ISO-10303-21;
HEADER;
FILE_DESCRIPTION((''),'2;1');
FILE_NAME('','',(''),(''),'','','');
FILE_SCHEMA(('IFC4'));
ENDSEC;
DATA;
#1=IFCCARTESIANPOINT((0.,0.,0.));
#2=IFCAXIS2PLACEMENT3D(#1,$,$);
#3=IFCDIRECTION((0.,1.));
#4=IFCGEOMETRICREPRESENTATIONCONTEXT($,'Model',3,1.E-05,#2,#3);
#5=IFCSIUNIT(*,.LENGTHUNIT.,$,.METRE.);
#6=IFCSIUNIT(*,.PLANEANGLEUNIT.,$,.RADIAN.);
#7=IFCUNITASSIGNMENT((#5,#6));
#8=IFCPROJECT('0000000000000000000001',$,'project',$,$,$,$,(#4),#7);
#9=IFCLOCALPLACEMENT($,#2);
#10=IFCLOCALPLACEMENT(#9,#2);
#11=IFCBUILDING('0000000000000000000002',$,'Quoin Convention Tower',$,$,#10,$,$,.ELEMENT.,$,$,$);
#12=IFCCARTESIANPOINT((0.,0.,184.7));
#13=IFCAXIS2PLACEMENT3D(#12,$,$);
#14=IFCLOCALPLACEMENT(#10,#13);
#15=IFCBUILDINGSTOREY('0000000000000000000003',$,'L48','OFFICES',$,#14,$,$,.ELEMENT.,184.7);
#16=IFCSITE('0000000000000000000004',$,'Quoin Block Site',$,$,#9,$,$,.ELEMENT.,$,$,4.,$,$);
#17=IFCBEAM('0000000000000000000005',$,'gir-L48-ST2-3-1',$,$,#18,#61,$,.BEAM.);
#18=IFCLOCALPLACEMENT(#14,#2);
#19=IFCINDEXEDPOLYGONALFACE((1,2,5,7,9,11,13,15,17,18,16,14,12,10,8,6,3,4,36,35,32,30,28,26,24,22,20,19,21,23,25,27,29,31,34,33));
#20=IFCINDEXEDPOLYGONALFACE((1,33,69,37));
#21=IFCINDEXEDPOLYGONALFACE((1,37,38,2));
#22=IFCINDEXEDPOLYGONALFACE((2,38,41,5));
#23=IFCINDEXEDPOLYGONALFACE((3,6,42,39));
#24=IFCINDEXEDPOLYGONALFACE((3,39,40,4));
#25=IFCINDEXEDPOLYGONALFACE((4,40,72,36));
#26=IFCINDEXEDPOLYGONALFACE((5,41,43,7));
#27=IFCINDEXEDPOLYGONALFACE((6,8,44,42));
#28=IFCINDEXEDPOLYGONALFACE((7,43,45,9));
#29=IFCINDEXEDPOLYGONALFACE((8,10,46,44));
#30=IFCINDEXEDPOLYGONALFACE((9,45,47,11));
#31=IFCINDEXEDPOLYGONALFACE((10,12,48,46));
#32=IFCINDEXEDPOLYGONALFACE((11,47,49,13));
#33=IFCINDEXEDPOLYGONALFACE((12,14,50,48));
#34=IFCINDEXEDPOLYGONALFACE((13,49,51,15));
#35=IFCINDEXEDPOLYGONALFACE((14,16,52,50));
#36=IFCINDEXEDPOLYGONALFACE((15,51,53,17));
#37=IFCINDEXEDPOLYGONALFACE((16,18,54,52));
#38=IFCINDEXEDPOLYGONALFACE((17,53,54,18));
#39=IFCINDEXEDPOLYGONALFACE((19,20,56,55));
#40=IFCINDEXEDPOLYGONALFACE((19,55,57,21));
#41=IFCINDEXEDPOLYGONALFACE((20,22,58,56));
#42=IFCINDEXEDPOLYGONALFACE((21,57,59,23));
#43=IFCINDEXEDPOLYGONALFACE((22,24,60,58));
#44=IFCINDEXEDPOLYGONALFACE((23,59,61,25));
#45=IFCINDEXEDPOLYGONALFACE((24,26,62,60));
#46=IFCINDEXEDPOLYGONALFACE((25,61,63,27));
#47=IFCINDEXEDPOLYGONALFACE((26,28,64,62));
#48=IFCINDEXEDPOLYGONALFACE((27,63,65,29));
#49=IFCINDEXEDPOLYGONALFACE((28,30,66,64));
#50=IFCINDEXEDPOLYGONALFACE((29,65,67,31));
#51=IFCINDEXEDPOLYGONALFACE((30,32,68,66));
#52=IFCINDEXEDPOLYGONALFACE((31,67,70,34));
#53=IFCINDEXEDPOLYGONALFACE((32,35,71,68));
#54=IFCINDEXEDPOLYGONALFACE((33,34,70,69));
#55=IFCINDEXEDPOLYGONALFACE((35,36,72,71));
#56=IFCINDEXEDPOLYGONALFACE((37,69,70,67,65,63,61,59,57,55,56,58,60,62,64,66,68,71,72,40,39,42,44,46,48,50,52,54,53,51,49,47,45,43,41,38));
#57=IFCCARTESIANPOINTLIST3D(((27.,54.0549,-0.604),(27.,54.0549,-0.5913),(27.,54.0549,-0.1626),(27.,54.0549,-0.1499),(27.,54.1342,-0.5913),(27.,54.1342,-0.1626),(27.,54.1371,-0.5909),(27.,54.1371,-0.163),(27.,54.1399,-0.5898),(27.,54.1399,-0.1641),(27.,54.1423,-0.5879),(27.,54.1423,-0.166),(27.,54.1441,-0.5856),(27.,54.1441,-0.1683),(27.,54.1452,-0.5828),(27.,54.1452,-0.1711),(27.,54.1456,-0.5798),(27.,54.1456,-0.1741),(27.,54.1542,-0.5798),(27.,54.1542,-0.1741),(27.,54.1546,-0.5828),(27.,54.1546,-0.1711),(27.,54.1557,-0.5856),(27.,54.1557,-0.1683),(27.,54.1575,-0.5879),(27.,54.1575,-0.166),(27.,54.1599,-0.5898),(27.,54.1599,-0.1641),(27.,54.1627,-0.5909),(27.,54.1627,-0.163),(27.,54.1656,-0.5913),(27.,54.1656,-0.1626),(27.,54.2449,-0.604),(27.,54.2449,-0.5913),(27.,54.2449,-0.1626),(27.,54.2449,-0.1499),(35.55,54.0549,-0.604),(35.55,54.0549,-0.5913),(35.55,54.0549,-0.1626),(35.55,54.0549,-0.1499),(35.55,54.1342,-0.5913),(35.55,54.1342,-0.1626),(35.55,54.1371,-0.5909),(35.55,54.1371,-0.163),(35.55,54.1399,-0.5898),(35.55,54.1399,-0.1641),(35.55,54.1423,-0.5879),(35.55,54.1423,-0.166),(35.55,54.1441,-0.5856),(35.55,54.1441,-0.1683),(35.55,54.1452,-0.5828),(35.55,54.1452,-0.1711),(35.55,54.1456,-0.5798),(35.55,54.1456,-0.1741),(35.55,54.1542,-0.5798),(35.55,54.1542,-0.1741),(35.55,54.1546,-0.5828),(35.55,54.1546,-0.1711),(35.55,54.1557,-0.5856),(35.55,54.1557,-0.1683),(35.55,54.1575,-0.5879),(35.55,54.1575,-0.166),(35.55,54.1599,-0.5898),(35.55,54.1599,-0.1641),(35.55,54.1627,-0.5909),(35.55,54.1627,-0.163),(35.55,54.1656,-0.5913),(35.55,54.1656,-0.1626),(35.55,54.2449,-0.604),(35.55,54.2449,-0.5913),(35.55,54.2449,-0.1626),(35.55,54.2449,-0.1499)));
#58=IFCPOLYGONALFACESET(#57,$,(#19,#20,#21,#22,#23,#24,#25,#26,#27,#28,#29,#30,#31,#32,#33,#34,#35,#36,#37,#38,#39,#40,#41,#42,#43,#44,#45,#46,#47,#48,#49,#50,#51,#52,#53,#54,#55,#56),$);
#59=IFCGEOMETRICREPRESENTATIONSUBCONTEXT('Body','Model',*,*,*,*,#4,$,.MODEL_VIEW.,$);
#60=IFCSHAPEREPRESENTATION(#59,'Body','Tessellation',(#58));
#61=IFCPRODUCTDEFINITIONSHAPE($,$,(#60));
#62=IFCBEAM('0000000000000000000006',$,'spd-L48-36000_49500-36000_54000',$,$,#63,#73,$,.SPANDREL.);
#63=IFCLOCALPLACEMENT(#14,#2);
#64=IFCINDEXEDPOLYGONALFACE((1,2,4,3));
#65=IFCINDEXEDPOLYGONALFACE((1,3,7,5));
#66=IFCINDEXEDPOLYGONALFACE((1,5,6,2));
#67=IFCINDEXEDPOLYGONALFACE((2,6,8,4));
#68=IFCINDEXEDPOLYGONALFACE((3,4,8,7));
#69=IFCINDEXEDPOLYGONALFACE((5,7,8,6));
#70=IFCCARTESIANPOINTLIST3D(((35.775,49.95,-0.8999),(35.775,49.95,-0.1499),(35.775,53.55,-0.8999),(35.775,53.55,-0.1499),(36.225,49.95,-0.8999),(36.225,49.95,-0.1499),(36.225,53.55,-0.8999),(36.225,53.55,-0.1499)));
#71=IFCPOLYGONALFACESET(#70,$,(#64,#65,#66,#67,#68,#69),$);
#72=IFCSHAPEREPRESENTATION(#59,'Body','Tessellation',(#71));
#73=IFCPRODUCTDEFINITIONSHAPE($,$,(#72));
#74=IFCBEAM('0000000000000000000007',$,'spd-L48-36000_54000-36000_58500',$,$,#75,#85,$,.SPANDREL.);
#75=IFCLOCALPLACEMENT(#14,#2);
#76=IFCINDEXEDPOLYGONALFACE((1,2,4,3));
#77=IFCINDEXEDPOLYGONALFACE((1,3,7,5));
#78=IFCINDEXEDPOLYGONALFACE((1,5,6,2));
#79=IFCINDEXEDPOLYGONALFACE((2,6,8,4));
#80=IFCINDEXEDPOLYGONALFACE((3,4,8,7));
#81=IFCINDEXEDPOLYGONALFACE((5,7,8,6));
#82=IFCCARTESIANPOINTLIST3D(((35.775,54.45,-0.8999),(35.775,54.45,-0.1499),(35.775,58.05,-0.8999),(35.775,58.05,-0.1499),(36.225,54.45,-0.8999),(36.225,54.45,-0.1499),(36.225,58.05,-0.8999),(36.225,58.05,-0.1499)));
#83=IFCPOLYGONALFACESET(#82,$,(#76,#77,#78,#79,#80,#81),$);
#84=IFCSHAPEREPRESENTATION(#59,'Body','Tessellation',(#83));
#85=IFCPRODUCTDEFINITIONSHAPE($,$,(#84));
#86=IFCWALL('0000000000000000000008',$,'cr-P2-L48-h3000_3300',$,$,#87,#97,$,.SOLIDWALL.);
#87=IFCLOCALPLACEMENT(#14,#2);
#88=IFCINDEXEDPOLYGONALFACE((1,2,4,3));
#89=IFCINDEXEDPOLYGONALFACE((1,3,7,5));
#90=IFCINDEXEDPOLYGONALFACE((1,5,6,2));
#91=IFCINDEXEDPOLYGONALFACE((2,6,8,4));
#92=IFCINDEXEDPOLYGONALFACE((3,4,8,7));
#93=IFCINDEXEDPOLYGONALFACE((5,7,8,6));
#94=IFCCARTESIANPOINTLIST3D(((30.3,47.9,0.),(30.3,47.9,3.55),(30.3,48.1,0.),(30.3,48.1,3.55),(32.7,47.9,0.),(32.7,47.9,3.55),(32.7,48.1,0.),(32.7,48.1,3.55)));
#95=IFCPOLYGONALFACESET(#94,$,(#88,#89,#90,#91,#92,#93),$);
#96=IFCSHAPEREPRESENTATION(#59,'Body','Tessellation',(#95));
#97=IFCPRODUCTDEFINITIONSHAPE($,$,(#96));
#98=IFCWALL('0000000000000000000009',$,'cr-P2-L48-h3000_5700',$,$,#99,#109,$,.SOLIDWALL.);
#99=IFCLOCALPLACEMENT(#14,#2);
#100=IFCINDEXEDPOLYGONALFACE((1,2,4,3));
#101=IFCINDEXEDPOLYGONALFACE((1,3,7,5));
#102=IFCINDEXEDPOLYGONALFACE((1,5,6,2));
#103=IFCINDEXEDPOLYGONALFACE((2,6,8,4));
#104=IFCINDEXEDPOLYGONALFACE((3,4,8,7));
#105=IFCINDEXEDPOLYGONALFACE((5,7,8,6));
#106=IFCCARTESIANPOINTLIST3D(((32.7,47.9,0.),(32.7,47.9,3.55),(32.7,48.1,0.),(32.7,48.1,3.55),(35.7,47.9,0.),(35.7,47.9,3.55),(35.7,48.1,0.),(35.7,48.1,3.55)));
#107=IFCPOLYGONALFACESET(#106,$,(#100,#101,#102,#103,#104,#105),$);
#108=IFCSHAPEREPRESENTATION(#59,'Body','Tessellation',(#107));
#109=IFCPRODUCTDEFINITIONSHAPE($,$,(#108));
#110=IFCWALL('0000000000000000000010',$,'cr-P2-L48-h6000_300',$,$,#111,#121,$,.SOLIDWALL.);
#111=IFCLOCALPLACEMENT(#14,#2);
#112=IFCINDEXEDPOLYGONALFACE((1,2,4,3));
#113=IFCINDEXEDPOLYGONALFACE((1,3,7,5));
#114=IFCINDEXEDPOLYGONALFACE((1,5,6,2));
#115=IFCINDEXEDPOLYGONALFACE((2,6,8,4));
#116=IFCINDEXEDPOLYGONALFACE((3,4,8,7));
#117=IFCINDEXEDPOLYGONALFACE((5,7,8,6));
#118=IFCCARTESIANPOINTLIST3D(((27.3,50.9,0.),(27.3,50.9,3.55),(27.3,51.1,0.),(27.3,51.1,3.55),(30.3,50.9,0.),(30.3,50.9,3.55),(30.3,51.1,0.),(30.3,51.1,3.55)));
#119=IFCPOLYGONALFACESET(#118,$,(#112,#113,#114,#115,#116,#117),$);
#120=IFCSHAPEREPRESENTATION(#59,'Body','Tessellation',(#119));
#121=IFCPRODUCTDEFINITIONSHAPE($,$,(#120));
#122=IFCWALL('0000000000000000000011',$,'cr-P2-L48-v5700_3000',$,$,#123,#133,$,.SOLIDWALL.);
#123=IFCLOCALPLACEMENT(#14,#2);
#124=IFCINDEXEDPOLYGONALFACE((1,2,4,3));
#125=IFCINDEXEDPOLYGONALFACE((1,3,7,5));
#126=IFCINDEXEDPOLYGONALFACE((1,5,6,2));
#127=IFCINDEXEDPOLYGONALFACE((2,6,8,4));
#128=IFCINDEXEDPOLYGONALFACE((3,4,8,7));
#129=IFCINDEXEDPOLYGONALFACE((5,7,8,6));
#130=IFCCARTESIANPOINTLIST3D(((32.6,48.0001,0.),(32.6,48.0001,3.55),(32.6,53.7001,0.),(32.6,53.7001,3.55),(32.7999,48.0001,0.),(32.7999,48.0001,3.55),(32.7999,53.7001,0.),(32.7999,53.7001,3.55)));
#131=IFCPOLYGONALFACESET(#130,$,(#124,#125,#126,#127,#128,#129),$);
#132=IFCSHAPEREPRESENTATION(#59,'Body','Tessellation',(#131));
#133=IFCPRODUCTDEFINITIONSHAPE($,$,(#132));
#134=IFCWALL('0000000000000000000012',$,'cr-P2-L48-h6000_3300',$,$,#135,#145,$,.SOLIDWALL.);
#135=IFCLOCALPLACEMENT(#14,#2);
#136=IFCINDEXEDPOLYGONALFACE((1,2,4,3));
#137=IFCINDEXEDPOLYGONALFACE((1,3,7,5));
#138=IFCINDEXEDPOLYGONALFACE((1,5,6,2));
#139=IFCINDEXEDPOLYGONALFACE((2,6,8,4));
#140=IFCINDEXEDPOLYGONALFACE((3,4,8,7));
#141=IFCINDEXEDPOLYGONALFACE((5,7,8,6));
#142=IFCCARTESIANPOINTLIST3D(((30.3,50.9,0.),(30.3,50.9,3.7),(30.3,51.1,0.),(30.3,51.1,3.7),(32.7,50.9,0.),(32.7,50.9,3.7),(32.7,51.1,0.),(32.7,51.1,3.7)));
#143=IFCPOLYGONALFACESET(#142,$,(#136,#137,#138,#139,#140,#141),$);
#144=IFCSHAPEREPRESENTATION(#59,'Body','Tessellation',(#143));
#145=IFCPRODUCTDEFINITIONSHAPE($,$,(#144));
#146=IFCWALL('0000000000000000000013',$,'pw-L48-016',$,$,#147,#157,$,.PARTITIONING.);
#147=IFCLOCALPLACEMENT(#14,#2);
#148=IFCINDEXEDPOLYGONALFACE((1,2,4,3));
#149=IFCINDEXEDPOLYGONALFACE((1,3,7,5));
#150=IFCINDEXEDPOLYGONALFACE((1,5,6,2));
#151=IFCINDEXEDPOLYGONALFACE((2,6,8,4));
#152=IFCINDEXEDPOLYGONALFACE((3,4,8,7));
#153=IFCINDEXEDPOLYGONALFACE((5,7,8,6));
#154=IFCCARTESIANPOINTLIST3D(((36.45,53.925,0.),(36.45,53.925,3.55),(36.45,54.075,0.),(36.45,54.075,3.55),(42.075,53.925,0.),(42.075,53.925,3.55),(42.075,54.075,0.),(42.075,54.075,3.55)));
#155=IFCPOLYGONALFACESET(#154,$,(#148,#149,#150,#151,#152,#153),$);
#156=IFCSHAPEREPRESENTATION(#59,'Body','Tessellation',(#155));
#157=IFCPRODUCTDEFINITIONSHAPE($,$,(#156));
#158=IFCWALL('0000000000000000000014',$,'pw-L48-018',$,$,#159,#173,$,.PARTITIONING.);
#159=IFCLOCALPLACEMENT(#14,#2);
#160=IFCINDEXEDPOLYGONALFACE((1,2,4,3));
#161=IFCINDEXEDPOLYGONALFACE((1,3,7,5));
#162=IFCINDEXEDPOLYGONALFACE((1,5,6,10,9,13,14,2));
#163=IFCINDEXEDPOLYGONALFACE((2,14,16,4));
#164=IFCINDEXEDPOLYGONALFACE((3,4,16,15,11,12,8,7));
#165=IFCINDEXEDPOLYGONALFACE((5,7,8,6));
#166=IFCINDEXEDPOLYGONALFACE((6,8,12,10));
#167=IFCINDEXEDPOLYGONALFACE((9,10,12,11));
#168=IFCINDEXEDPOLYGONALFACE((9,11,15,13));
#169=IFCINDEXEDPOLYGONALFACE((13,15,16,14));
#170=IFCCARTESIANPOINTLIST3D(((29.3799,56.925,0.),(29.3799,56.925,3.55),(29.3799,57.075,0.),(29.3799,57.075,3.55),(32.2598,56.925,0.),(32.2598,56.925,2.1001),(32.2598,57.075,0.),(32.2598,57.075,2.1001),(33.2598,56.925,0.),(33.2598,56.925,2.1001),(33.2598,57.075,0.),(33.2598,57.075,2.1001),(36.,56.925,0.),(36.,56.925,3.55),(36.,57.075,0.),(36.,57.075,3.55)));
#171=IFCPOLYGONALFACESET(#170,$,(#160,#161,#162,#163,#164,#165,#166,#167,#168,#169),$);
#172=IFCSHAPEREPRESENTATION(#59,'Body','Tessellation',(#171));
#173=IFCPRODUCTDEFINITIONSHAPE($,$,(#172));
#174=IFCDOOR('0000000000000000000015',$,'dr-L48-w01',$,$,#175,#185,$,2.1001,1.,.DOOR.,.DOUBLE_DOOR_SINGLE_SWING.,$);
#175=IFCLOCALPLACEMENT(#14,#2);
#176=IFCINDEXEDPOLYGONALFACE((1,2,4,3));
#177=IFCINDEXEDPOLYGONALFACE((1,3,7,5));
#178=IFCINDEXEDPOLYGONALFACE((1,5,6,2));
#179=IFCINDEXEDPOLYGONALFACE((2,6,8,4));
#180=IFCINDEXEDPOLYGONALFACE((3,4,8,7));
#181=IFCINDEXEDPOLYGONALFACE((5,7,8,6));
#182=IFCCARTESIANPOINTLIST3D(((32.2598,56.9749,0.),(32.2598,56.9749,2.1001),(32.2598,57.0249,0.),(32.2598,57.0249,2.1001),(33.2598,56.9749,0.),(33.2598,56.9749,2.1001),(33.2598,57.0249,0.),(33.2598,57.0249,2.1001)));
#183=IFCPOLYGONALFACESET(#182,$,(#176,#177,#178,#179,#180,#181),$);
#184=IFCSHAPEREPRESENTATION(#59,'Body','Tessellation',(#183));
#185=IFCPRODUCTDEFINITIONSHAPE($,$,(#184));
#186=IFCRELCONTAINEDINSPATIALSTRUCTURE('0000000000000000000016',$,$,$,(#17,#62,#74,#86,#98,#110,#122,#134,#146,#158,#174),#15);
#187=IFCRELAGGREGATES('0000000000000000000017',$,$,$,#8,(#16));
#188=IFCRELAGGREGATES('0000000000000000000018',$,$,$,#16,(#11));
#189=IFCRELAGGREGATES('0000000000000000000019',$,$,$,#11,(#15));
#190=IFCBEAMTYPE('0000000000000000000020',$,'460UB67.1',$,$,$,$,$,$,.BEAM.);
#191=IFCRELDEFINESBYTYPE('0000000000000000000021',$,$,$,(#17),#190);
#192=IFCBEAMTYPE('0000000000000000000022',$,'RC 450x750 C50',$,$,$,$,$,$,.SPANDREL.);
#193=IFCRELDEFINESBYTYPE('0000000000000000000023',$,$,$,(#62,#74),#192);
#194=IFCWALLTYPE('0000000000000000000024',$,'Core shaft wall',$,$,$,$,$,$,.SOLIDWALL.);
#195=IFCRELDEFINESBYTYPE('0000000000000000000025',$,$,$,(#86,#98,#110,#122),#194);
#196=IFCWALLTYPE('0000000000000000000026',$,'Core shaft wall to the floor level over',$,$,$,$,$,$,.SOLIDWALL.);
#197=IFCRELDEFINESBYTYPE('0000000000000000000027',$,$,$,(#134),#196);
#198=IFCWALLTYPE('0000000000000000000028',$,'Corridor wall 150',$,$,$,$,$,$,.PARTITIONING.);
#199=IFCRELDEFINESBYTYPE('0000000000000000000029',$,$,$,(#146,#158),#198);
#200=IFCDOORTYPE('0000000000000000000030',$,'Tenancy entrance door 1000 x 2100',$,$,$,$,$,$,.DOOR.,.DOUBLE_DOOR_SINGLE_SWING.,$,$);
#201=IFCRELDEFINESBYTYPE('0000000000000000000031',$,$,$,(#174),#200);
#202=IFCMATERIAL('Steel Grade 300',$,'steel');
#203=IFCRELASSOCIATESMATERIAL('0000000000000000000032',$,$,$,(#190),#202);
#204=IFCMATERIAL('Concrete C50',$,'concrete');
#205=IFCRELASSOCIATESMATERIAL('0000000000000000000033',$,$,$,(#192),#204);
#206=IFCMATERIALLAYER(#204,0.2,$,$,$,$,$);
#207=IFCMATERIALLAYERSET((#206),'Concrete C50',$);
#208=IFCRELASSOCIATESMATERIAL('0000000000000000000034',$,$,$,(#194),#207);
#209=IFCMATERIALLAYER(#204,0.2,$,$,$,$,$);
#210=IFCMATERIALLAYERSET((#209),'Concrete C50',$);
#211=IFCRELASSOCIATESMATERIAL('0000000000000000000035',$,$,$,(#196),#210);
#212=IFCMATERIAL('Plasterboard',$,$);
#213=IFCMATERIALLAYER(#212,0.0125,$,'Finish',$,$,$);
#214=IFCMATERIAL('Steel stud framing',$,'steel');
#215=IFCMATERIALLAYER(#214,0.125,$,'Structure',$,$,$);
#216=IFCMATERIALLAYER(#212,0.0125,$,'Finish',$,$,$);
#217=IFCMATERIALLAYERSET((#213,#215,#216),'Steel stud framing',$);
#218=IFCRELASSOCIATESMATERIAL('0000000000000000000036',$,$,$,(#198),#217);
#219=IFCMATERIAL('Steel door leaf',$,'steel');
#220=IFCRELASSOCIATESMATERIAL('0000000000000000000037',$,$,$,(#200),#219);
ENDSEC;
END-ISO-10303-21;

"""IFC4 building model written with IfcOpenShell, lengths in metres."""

from ifc_helpers import new_model, si_unit, direction, frame, frame_2d, origin, origin_2d, place, context, subcontext, project, spatial, rectangle, i_section, extrude, material, layer, layer_set, material_profile, profile_set, type_object, element, fill, save


model = new_model("IFC4")

# Units and contexts
model_context = context("Model", 3, precision=1e-05, world=origin(), true_north=direction((0.0, 1.0)))
body_context = subcontext(model_context, "Body", "Model", "MODEL_VIEW")
ifc_project = project(units=[si_unit("LENGTHUNIT", "METRE"), si_unit("PLANEANGLEUNIT", "RADIAN")], contexts=[model_context])

# Site, building, storey
site_placement = place(None, origin())
site = spatial("IfcSite", under=ifc_project, at=site_placement, Name="Quoin Block Site", CompositionType="ELEMENT", RefElevation=4.0)
building_placement = place(site_placement, origin())
building = spatial("IfcBuilding", under=site, at=building_placement, Name="Quoin Convention Tower", CompositionType="ELEMENT")
storey_placement = place(building_placement, frame((0.0, 0.0, 184.7)))
storey = spatial("IfcBuildingStorey", under=building, at=storey_placement, Name="L48", Description="OFFICES", CompositionType="ELEMENT", Elevation=184.7)

# Shared definitions
ifc_material_1 = material(Name="Concrete C50", Category="concrete")

# Beams
ifc_material_2 = material(Name="Steel Grade 300", Category="steel")
ifc_material_profile_1 = material_profile(ifc_material_2, i_section(OverallWidth=0.1899, OverallDepth=0.4541, WebThickness=0.0085, FlangeThickness=0.0127, FilletRadius=0.0115, at=origin_2d()), Name="460UB67.1")
ifc_profile_set_1 = profile_set([ifc_material_profile_1], Name="Steel Grade 300")
beam_type_1 = type_object("IfcBeamType", Name="460UB67.1", PredefinedType="BEAM", material=ifc_profile_set_1)
beam_1_placement = place(storey_placement, frame((27.0, 54.1499, -0.377), z_axis=(1.0, 0.0, 0.0), x_axis=(0.0, 1.0, 0.0)))
element("IfcBeam", 1, at=beam_1_placement, inside=storey, type_object=beam_type_1, Name="gir-L48-ST2-3-1", PredefinedType="BEAM", context=body_context, shape_type="SweptSolid", body=[
    extrude(i_section(OverallWidth=0.1899, OverallDepth=0.4541, WebThickness=0.0085, FlangeThickness=0.0127, FilletRadius=0.0115, at=origin_2d()), origin(), (0.0, 0.0, 1.0), 8.55),
])
ifc_material_profile_2 = material_profile(ifc_material_1, rectangle(XDim=0.45, YDim=0.75, at=origin_2d()), Name="RC 450x750")
ifc_profile_set_2 = profile_set([ifc_material_profile_2], Name="Concrete C50")
beam_type_2 = type_object("IfcBeamType", Name="RC 450x750 C50", PredefinedType="SPANDREL", material=ifc_profile_set_2)
for number, where, z_axis, x_axis, name in (
    (2, (36.0, 49.95, -0.5249), (0.0, 1.0, 0.0), (-1.0, 0.0, 0.0), "spd-L48-36000_49500-36000_54000"),
    (3, (36.0, 54.45, -0.5249), (0.0, 1.0, 0.0), (-1.0, 0.0, 0.0), "spd-L48-36000_54000-36000_58500"),
):
    element("IfcBeam", number, at=place(storey_placement, frame(where, z_axis=z_axis, x_axis=x_axis)), inside=storey, type_object=beam_type_2, Name=name, PredefinedType="SPANDREL", context=body_context, shape_type="SweptSolid", body=[
        extrude(rectangle(XDim=0.45, YDim=0.75, at=origin_2d()), origin(), (0.0, 0.0, 1.0), 3.6001),
    ])

# Walls
ifc_layer_1 = layer(ifc_material_1, 0.2)
ifc_layer_set_1 = layer_set([ifc_layer_1], Name="Concrete C50")
wall_type_1 = type_object("IfcWallType", Name="Core shaft wall", PredefinedType="SOLIDWALL", material=ifc_layer_set_1)
wall_1_placement = place(storey_placement, frame((30.3, 48.0, 0.0), z_axis=(0.0, 0.0, 1.0), x_axis=(1.0, 0.0, 0.0)))
element("IfcWall", 4, at=wall_1_placement, inside=storey, type_object=wall_type_1, Name="cr-P2-L48-h3000_3300", PredefinedType="SOLIDWALL", context=body_context, shape_type="SweptSolid", body=[
    extrude(rectangle(XDim=2.3999, YDim=0.2, at=frame_2d((1.2, 0.0))), origin(), (0.0, 0.0, 1.0), 3.55),
])
for number, where, z_axis, x_axis, name in (
    (5, (32.7, 48.0, 0.0), (0.0, 0.0, 1.0), (1.0, 0.0, 0.0), "cr-P2-L48-h3000_5700"),
    (6, (27.3, 51.0, 0.0), (0.0, 0.0, 1.0), (1.0, 0.0, 0.0), "cr-P2-L48-h6000_300"),
):
    element("IfcWall", number, at=place(storey_placement, frame(where, z_axis=z_axis, x_axis=x_axis)), inside=storey, type_object=wall_type_1, Name=name, PredefinedType="SOLIDWALL", context=body_context, shape_type="SweptSolid", body=[
        extrude(rectangle(XDim=3.0, YDim=0.2, at=frame_2d((1.5, 0.0))), origin(), (0.0, 0.0, 1.0), 3.55),
    ])
wall_2_placement = place(storey_placement, frame((32.7, 48.0, 0.0), z_axis=(0.0, 0.0, 1.0), x_axis=(0.0, 1.0, 0.0)))
element("IfcWall", 7, at=wall_2_placement, inside=storey, type_object=wall_type_1, Name="cr-P2-L48-v5700_3000", PredefinedType="SOLIDWALL", context=body_context, shape_type="SweptSolid", body=[
    extrude(rectangle(XDim=5.7, YDim=0.2, at=frame_2d((2.8501, 0.0))), origin(), (0.0, 0.0, 1.0), 3.55),
])
ifc_layer_2 = layer(ifc_material_1, 0.2)
ifc_layer_set_2 = layer_set([ifc_layer_2], Name="Concrete C50")
wall_type_2 = type_object("IfcWallType", Name="Core shaft wall to the floor level over", PredefinedType="SOLIDWALL", material=ifc_layer_set_2)
wall_3_placement = place(storey_placement, frame((30.3, 51.0, 0.0), z_axis=(0.0, 0.0, 1.0), x_axis=(1.0, 0.0, 0.0)))
element("IfcWall", 8, at=wall_3_placement, inside=storey, type_object=wall_type_2, Name="cr-P2-L48-h6000_3300", PredefinedType="SOLIDWALL", context=body_context, shape_type="SweptSolid", body=[
    extrude(rectangle(XDim=2.3999, YDim=0.2, at=frame_2d((1.2, 0.0))), origin(), (0.0, 0.0, 1.0), 3.7),
])
ifc_material_3 = material(Name="Plasterboard")
ifc_layer_3 = layer(ifc_material_3, 0.0125, Name="Finish")
ifc_material_4 = material(Name="Steel stud framing", Category="steel")
ifc_layer_4 = layer(ifc_material_4, 0.125, Name="Structure")
ifc_layer_5 = layer(ifc_material_3, 0.0125, Name="Finish")
ifc_layer_set_3 = layer_set([ifc_layer_3, ifc_layer_4, ifc_layer_5], Name="Steel stud framing")
wall_type_3 = type_object("IfcWallType", Name="Corridor wall 150", PredefinedType="PARTITIONING", material=ifc_layer_set_3)
wall_4_placement = place(storey_placement, frame((36.45, 54.0, 0.0), z_axis=(0.0, 0.0, 1.0), x_axis=(1.0, 0.0, 0.0)))
element("IfcWall", 9, at=wall_4_placement, inside=storey, type_object=wall_type_3, Name="pw-L48-016", PredefinedType="PARTITIONING", context=body_context, shape_type="SweptSolid", body=[
    extrude(rectangle(XDim=5.625, YDim=0.1499, at=frame_2d((2.8125, 0.0))), origin(), (0.0, 0.0, 1.0), 3.55),
])

# Wall, opening, door
wall_5_placement = place(storey_placement, frame((29.3799, 57.0, 0.0), z_axis=(0.0, 0.0, 1.0), x_axis=(1.0, 0.0, 0.0)))
wall_5 = element("IfcWall", 10, at=wall_5_placement, inside=storey, type_object=wall_type_3, Name="pw-L48-018", PredefinedType="PARTITIONING", context=body_context, shape_type="SweptSolid", body=[
    extrude(rectangle(XDim=6.6201, YDim=0.1499, at=frame_2d((3.3101, 0.0))), origin(), (0.0, 0.0, 1.0), 3.55),
])
opening_1_placement = place(wall_5_placement, frame((2.8799, 0.0, 0.0)))
opening_1 = element("IfcOpeningElement", 11, at=opening_1_placement, cuts=wall_5, PredefinedType="OPENING", context=body_context, shape_type="SweptSolid", body=[
    extrude(rectangle(XDim=1.0, YDim=2.1001, at=frame_2d((0.5, 1.05))), frame((0.0, 0.085, 0.0), z_axis=(0.0, -1.0, 0.0), x_axis=(1.0, 0.0, 0.0)), (0.0, 0.0, 1.0), 0.1699),
])
ifc_material_5 = material(Name="Steel door leaf", Category="steel")
door_type_1 = type_object("IfcDoorType", Name="Tenancy entrance door 1000 x 2100", OperationType="DOUBLE_DOOR_SINGLE_SWING", PredefinedType="DOOR", material=ifc_material_5)
door_1_placement = place(opening_1_placement, origin())
door_1 = element("IfcDoor", 12, at=door_1_placement, inside=storey, type_object=door_type_1, Name="dr-L48-w01", OperationType="DOUBLE_DOOR_SINGLE_SWING", OverallHeight=2.1001, OverallWidth=1.0, PredefinedType="DOOR", context=body_context, shape_type="SweptSolid", body=[
    extrude(rectangle(XDim=1.0, YDim=2.1001, at=frame_2d((0.5, 1.05))), frame((0.0, 0.0249, 0.0), z_axis=(0.0, -1.0, 0.0), x_axis=(1.0, 0.0, 0.0)), (0.0, 0.0, 1.0), 0.05),
])
fill(opening_1, door_1)

save(model, "model.ifc")
